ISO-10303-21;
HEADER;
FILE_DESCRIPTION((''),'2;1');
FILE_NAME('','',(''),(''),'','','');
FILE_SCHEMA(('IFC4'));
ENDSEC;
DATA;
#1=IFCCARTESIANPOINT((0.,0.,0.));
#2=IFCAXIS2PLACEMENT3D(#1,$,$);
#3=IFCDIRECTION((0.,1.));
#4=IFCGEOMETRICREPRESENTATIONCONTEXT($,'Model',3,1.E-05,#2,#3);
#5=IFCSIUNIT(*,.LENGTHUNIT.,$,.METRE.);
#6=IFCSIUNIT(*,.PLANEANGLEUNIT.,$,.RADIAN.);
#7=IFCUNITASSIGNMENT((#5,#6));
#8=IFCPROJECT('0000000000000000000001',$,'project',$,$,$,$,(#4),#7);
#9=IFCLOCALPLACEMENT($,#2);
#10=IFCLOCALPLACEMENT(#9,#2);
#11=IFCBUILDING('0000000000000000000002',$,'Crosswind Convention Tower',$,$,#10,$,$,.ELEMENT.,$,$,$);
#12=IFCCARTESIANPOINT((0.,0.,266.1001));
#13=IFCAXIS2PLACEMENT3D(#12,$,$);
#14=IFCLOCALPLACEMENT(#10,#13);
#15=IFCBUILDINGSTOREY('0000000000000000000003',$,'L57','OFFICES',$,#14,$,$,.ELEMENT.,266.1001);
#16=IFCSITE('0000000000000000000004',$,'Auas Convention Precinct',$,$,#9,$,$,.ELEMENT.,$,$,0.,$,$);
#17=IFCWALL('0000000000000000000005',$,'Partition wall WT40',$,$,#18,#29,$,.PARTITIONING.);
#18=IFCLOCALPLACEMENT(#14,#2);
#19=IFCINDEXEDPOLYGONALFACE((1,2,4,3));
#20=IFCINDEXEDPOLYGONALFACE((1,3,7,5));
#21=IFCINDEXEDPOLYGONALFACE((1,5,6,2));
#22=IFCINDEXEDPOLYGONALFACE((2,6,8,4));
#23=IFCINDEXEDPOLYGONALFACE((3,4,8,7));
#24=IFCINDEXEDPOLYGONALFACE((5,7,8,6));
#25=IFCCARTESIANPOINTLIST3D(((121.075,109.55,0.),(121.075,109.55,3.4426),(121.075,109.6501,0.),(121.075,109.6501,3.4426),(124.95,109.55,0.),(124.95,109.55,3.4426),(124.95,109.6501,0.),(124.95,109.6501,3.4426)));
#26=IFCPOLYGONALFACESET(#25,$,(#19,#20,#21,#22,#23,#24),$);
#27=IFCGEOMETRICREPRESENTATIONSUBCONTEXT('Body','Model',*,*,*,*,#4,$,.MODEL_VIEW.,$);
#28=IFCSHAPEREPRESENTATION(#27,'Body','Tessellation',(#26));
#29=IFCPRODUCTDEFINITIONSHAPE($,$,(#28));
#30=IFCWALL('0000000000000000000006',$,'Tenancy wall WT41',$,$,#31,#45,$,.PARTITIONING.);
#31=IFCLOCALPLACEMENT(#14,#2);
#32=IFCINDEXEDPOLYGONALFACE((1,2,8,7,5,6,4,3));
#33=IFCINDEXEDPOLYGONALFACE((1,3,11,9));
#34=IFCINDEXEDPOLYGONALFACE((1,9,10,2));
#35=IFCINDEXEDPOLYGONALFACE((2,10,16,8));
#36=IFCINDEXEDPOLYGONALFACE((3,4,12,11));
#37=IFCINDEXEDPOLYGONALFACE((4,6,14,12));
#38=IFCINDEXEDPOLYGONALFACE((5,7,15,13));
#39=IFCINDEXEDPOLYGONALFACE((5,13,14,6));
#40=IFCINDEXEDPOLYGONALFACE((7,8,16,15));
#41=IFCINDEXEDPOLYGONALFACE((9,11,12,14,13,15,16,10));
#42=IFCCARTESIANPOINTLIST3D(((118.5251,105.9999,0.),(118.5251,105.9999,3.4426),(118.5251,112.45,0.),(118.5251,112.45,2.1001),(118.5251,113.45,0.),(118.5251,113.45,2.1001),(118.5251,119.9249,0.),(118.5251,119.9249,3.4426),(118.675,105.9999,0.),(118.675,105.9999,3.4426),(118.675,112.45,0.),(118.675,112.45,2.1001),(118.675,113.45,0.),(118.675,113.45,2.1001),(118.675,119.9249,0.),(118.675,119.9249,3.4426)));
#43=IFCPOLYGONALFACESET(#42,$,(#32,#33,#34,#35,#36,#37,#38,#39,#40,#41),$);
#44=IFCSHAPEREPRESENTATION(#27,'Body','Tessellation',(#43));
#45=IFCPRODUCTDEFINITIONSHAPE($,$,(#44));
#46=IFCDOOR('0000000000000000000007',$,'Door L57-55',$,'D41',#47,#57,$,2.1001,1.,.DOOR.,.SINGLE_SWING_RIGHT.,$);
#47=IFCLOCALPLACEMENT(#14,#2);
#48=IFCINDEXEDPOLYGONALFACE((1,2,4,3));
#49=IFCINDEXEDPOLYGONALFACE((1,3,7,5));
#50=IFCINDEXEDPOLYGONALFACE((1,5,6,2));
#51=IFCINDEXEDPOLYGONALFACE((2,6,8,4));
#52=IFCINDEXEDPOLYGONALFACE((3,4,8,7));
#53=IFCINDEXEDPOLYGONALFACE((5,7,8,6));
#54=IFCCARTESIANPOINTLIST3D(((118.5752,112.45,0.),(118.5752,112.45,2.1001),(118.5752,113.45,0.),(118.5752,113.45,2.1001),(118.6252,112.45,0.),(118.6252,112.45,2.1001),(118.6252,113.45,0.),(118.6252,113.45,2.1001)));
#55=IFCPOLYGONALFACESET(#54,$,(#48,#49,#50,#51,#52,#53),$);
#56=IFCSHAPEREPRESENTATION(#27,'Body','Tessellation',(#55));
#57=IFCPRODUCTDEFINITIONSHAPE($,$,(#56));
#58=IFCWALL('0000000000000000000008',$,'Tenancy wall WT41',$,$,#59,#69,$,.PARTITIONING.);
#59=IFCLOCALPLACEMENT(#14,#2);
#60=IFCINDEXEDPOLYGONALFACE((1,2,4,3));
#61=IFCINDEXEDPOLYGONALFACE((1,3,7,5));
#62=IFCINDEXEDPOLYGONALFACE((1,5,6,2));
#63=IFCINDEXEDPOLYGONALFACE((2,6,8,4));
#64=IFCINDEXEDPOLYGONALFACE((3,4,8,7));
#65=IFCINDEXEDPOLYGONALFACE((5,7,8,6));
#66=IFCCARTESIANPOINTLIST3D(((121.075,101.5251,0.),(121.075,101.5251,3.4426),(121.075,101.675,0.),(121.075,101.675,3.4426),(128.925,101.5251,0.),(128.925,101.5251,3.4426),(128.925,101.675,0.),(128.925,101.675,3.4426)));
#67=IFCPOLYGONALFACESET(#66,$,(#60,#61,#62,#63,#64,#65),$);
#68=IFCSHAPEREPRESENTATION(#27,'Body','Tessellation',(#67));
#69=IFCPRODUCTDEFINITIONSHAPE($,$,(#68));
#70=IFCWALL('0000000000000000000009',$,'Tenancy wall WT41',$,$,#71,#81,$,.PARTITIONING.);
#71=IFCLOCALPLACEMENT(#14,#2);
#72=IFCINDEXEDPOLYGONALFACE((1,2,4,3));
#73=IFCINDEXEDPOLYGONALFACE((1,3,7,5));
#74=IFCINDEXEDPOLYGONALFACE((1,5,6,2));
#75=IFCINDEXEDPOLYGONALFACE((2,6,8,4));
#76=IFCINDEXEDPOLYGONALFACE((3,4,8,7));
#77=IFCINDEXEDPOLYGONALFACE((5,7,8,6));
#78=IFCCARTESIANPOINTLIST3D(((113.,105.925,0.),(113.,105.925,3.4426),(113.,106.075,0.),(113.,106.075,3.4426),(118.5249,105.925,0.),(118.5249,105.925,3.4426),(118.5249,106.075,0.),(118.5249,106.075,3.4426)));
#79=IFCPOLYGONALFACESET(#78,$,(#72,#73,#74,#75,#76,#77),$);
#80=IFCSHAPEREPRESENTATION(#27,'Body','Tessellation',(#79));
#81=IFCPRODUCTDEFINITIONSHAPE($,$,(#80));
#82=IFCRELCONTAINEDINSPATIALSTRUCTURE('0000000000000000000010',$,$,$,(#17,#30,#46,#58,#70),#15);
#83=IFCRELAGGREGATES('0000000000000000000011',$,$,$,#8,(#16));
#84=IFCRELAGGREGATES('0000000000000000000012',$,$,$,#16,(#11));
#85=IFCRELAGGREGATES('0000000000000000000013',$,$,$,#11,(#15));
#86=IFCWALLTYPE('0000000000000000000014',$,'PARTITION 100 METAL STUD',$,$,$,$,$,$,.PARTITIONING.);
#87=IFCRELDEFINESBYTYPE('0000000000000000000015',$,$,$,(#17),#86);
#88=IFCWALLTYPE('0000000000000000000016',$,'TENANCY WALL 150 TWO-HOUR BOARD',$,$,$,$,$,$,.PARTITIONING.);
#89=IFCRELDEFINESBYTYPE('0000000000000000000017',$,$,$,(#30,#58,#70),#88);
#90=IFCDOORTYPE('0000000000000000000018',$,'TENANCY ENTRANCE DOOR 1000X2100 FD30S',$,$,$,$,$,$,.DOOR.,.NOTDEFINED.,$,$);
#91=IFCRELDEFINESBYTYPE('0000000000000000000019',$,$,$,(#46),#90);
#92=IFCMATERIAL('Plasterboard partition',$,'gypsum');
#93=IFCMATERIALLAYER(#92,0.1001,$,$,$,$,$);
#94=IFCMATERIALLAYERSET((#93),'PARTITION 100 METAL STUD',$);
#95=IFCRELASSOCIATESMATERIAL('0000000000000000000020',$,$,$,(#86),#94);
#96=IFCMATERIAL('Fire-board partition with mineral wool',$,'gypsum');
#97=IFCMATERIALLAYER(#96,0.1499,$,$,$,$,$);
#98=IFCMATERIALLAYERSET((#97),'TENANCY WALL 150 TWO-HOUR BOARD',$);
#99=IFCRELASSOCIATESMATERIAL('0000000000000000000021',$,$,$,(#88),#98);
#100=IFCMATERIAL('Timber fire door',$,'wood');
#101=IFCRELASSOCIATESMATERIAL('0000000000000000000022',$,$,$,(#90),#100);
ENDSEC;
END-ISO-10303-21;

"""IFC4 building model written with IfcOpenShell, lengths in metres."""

from ifc_helpers import new_model, si_unit, direction, frame, frame_2d, origin, place, context, subcontext, project, spatial, rectangle, extrude, material, layer, layer_set, type_object, element, fill, save


model = new_model("IFC4")

# Units and contexts
model_context = context("Model", 3, precision=1e-05, world=origin(), true_north=direction((0.0, 1.0)))
body_context = subcontext(model_context, "Body", "Model", "MODEL_VIEW")
ifc_project = project(units=[si_unit("LENGTHUNIT", "METRE"), si_unit("PLANEANGLEUNIT", "RADIAN")], contexts=[model_context])

# Site, building, storey
site_placement = place(None, origin())
site = spatial("IfcSite", under=ifc_project, at=site_placement, Name="Auas Convention Precinct", CompositionType="ELEMENT", RefElevation=0.0)
building_placement = place(site_placement, origin())
building = spatial("IfcBuilding", under=site, at=building_placement, Name="Crosswind Convention Tower", CompositionType="ELEMENT")
storey_placement = place(building_placement, frame((0.0, 0.0, 266.1001)))
storey = spatial("IfcBuildingStorey", under=building, at=storey_placement, Name="L57", Description="OFFICES", CompositionType="ELEMENT", Elevation=266.1001)

# Wall
ifc_material_1 = material(Name="Plasterboard partition", Category="gypsum")
ifc_layer_1 = layer(ifc_material_1, 0.1001)
ifc_layer_set_1 = layer_set([ifc_layer_1], Name="PARTITION 100 METAL STUD")
wall_type_1 = type_object("IfcWallType", Name="PARTITION 100 METAL STUD", PredefinedType="PARTITIONING", material=ifc_layer_set_1)
wall_1_placement = place(storey_placement, frame((121.075, 109.6001, 0.0), z_axis=(0.0, 0.0, 1.0), x_axis=(1.0, 0.0, 0.0)))
element("IfcWall", 1, at=wall_1_placement, inside=storey, type_object=wall_type_1, Name="Partition wall WT40", PredefinedType="PARTITIONING", context=body_context, shape_type="SweptSolid", body=[
    extrude(rectangle(XDim=3.875, YDim=0.1001, at=frame_2d((1.9375, 0.0))), origin(), (0.0, 0.0, 1.0), 3.4426),
])

# Wall, opening, door
ifc_material_2 = material(Name="Fire-board partition with mineral wool", Category="gypsum")
ifc_layer_2 = layer(ifc_material_2, 0.1499)
ifc_layer_set_2 = layer_set([ifc_layer_2], Name="TENANCY WALL 150 TWO-HOUR BOARD")
wall_type_2 = type_object("IfcWallType", Name="TENANCY WALL 150 TWO-HOUR BOARD", PredefinedType="PARTITIONING", material=ifc_layer_set_2)
wall_2_placement = place(storey_placement, frame((118.6001, 106.0, 0.0), z_axis=(0.0, 0.0, 1.0), x_axis=(0.0, 1.0, 0.0)))
wall_2 = element("IfcWall", 2, at=wall_2_placement, inside=storey, type_object=wall_type_2, Name="Tenancy wall WT41", PredefinedType="PARTITIONING", context=body_context, shape_type="SweptSolid", body=[
    extrude(rectangle(XDim=13.925, YDim=0.1499, at=frame_2d((6.9624, 0.0))), origin(), (0.0, 0.0, 1.0), 3.4426),
])
opening_1_placement = place(wall_2_placement, frame((6.45, 0.0, 0.0)))
opening_1 = element("IfcOpeningElement", 3, at=opening_1_placement, cuts=wall_2, PredefinedType="OPENING", context=body_context, shape_type="SweptSolid", body=[
    extrude(rectangle(XDim=1.0, YDim=2.1001, at=frame_2d((0.5, 1.05))), frame((0.0, 0.085, 0.0), z_axis=(0.0, -1.0, 0.0), x_axis=(1.0, 0.0, 0.0)), (0.0, 0.0, 1.0), 0.1699),
])
ifc_material_3 = material(Name="Timber fire door", Category="wood")
door_type_1 = type_object("IfcDoorType", Name="TENANCY ENTRANCE DOOR 1000X2100 FD30S", OperationType="NOTDEFINED", PredefinedType="DOOR", material=ifc_material_3)
door_1_placement = place(opening_1_placement, origin())
door_1 = element("IfcDoor", 4, at=door_1_placement, inside=storey, type_object=door_type_1, Name="Door L57-55", ObjectType="D41", OperationType="SINGLE_SWING_RIGHT", OverallHeight=2.1001, OverallWidth=1.0, PredefinedType="DOOR", context=body_context, shape_type="SweptSolid", body=[
    extrude(rectangle(XDim=1.0, YDim=2.1001, at=frame_2d((0.5, 1.05))), frame((0.0, 0.0249, 0.0), z_axis=(0.0, -1.0, 0.0), x_axis=(1.0, 0.0, 0.0)), (0.0, 0.0, 1.0), 0.05),
])
fill(opening_1, door_1)

# Walls
wall_3_placement = place(storey_placement, frame((121.075, 101.6001, 0.0), z_axis=(0.0, 0.0, 1.0), x_axis=(1.0, 0.0, 0.0)))
element("IfcWall", 5, at=wall_3_placement, inside=storey, type_object=wall_type_2, Name="Tenancy wall WT41", PredefinedType="PARTITIONING", context=body_context, shape_type="SweptSolid", body=[
    extrude(rectangle(XDim=7.8501, YDim=0.1499, at=frame_2d((3.925, 0.0))), origin(), (0.0, 0.0, 1.0), 3.4426),
])
wall_4_placement = place(storey_placement, frame((113.0, 106.0, 0.0), z_axis=(0.0, 0.0, 1.0), x_axis=(1.0, 0.0, 0.0)))
element("IfcWall", 6, at=wall_4_placement, inside=storey, type_object=wall_type_2, Name="Tenancy wall WT41", PredefinedType="PARTITIONING", context=body_context, shape_type="SweptSolid", body=[
    extrude(rectangle(XDim=5.5249, YDim=0.1499, at=frame_2d((2.7625, 0.0))), origin(), (0.0, 0.0, 1.0), 3.4426),
])

save(model, "model.ifc")
